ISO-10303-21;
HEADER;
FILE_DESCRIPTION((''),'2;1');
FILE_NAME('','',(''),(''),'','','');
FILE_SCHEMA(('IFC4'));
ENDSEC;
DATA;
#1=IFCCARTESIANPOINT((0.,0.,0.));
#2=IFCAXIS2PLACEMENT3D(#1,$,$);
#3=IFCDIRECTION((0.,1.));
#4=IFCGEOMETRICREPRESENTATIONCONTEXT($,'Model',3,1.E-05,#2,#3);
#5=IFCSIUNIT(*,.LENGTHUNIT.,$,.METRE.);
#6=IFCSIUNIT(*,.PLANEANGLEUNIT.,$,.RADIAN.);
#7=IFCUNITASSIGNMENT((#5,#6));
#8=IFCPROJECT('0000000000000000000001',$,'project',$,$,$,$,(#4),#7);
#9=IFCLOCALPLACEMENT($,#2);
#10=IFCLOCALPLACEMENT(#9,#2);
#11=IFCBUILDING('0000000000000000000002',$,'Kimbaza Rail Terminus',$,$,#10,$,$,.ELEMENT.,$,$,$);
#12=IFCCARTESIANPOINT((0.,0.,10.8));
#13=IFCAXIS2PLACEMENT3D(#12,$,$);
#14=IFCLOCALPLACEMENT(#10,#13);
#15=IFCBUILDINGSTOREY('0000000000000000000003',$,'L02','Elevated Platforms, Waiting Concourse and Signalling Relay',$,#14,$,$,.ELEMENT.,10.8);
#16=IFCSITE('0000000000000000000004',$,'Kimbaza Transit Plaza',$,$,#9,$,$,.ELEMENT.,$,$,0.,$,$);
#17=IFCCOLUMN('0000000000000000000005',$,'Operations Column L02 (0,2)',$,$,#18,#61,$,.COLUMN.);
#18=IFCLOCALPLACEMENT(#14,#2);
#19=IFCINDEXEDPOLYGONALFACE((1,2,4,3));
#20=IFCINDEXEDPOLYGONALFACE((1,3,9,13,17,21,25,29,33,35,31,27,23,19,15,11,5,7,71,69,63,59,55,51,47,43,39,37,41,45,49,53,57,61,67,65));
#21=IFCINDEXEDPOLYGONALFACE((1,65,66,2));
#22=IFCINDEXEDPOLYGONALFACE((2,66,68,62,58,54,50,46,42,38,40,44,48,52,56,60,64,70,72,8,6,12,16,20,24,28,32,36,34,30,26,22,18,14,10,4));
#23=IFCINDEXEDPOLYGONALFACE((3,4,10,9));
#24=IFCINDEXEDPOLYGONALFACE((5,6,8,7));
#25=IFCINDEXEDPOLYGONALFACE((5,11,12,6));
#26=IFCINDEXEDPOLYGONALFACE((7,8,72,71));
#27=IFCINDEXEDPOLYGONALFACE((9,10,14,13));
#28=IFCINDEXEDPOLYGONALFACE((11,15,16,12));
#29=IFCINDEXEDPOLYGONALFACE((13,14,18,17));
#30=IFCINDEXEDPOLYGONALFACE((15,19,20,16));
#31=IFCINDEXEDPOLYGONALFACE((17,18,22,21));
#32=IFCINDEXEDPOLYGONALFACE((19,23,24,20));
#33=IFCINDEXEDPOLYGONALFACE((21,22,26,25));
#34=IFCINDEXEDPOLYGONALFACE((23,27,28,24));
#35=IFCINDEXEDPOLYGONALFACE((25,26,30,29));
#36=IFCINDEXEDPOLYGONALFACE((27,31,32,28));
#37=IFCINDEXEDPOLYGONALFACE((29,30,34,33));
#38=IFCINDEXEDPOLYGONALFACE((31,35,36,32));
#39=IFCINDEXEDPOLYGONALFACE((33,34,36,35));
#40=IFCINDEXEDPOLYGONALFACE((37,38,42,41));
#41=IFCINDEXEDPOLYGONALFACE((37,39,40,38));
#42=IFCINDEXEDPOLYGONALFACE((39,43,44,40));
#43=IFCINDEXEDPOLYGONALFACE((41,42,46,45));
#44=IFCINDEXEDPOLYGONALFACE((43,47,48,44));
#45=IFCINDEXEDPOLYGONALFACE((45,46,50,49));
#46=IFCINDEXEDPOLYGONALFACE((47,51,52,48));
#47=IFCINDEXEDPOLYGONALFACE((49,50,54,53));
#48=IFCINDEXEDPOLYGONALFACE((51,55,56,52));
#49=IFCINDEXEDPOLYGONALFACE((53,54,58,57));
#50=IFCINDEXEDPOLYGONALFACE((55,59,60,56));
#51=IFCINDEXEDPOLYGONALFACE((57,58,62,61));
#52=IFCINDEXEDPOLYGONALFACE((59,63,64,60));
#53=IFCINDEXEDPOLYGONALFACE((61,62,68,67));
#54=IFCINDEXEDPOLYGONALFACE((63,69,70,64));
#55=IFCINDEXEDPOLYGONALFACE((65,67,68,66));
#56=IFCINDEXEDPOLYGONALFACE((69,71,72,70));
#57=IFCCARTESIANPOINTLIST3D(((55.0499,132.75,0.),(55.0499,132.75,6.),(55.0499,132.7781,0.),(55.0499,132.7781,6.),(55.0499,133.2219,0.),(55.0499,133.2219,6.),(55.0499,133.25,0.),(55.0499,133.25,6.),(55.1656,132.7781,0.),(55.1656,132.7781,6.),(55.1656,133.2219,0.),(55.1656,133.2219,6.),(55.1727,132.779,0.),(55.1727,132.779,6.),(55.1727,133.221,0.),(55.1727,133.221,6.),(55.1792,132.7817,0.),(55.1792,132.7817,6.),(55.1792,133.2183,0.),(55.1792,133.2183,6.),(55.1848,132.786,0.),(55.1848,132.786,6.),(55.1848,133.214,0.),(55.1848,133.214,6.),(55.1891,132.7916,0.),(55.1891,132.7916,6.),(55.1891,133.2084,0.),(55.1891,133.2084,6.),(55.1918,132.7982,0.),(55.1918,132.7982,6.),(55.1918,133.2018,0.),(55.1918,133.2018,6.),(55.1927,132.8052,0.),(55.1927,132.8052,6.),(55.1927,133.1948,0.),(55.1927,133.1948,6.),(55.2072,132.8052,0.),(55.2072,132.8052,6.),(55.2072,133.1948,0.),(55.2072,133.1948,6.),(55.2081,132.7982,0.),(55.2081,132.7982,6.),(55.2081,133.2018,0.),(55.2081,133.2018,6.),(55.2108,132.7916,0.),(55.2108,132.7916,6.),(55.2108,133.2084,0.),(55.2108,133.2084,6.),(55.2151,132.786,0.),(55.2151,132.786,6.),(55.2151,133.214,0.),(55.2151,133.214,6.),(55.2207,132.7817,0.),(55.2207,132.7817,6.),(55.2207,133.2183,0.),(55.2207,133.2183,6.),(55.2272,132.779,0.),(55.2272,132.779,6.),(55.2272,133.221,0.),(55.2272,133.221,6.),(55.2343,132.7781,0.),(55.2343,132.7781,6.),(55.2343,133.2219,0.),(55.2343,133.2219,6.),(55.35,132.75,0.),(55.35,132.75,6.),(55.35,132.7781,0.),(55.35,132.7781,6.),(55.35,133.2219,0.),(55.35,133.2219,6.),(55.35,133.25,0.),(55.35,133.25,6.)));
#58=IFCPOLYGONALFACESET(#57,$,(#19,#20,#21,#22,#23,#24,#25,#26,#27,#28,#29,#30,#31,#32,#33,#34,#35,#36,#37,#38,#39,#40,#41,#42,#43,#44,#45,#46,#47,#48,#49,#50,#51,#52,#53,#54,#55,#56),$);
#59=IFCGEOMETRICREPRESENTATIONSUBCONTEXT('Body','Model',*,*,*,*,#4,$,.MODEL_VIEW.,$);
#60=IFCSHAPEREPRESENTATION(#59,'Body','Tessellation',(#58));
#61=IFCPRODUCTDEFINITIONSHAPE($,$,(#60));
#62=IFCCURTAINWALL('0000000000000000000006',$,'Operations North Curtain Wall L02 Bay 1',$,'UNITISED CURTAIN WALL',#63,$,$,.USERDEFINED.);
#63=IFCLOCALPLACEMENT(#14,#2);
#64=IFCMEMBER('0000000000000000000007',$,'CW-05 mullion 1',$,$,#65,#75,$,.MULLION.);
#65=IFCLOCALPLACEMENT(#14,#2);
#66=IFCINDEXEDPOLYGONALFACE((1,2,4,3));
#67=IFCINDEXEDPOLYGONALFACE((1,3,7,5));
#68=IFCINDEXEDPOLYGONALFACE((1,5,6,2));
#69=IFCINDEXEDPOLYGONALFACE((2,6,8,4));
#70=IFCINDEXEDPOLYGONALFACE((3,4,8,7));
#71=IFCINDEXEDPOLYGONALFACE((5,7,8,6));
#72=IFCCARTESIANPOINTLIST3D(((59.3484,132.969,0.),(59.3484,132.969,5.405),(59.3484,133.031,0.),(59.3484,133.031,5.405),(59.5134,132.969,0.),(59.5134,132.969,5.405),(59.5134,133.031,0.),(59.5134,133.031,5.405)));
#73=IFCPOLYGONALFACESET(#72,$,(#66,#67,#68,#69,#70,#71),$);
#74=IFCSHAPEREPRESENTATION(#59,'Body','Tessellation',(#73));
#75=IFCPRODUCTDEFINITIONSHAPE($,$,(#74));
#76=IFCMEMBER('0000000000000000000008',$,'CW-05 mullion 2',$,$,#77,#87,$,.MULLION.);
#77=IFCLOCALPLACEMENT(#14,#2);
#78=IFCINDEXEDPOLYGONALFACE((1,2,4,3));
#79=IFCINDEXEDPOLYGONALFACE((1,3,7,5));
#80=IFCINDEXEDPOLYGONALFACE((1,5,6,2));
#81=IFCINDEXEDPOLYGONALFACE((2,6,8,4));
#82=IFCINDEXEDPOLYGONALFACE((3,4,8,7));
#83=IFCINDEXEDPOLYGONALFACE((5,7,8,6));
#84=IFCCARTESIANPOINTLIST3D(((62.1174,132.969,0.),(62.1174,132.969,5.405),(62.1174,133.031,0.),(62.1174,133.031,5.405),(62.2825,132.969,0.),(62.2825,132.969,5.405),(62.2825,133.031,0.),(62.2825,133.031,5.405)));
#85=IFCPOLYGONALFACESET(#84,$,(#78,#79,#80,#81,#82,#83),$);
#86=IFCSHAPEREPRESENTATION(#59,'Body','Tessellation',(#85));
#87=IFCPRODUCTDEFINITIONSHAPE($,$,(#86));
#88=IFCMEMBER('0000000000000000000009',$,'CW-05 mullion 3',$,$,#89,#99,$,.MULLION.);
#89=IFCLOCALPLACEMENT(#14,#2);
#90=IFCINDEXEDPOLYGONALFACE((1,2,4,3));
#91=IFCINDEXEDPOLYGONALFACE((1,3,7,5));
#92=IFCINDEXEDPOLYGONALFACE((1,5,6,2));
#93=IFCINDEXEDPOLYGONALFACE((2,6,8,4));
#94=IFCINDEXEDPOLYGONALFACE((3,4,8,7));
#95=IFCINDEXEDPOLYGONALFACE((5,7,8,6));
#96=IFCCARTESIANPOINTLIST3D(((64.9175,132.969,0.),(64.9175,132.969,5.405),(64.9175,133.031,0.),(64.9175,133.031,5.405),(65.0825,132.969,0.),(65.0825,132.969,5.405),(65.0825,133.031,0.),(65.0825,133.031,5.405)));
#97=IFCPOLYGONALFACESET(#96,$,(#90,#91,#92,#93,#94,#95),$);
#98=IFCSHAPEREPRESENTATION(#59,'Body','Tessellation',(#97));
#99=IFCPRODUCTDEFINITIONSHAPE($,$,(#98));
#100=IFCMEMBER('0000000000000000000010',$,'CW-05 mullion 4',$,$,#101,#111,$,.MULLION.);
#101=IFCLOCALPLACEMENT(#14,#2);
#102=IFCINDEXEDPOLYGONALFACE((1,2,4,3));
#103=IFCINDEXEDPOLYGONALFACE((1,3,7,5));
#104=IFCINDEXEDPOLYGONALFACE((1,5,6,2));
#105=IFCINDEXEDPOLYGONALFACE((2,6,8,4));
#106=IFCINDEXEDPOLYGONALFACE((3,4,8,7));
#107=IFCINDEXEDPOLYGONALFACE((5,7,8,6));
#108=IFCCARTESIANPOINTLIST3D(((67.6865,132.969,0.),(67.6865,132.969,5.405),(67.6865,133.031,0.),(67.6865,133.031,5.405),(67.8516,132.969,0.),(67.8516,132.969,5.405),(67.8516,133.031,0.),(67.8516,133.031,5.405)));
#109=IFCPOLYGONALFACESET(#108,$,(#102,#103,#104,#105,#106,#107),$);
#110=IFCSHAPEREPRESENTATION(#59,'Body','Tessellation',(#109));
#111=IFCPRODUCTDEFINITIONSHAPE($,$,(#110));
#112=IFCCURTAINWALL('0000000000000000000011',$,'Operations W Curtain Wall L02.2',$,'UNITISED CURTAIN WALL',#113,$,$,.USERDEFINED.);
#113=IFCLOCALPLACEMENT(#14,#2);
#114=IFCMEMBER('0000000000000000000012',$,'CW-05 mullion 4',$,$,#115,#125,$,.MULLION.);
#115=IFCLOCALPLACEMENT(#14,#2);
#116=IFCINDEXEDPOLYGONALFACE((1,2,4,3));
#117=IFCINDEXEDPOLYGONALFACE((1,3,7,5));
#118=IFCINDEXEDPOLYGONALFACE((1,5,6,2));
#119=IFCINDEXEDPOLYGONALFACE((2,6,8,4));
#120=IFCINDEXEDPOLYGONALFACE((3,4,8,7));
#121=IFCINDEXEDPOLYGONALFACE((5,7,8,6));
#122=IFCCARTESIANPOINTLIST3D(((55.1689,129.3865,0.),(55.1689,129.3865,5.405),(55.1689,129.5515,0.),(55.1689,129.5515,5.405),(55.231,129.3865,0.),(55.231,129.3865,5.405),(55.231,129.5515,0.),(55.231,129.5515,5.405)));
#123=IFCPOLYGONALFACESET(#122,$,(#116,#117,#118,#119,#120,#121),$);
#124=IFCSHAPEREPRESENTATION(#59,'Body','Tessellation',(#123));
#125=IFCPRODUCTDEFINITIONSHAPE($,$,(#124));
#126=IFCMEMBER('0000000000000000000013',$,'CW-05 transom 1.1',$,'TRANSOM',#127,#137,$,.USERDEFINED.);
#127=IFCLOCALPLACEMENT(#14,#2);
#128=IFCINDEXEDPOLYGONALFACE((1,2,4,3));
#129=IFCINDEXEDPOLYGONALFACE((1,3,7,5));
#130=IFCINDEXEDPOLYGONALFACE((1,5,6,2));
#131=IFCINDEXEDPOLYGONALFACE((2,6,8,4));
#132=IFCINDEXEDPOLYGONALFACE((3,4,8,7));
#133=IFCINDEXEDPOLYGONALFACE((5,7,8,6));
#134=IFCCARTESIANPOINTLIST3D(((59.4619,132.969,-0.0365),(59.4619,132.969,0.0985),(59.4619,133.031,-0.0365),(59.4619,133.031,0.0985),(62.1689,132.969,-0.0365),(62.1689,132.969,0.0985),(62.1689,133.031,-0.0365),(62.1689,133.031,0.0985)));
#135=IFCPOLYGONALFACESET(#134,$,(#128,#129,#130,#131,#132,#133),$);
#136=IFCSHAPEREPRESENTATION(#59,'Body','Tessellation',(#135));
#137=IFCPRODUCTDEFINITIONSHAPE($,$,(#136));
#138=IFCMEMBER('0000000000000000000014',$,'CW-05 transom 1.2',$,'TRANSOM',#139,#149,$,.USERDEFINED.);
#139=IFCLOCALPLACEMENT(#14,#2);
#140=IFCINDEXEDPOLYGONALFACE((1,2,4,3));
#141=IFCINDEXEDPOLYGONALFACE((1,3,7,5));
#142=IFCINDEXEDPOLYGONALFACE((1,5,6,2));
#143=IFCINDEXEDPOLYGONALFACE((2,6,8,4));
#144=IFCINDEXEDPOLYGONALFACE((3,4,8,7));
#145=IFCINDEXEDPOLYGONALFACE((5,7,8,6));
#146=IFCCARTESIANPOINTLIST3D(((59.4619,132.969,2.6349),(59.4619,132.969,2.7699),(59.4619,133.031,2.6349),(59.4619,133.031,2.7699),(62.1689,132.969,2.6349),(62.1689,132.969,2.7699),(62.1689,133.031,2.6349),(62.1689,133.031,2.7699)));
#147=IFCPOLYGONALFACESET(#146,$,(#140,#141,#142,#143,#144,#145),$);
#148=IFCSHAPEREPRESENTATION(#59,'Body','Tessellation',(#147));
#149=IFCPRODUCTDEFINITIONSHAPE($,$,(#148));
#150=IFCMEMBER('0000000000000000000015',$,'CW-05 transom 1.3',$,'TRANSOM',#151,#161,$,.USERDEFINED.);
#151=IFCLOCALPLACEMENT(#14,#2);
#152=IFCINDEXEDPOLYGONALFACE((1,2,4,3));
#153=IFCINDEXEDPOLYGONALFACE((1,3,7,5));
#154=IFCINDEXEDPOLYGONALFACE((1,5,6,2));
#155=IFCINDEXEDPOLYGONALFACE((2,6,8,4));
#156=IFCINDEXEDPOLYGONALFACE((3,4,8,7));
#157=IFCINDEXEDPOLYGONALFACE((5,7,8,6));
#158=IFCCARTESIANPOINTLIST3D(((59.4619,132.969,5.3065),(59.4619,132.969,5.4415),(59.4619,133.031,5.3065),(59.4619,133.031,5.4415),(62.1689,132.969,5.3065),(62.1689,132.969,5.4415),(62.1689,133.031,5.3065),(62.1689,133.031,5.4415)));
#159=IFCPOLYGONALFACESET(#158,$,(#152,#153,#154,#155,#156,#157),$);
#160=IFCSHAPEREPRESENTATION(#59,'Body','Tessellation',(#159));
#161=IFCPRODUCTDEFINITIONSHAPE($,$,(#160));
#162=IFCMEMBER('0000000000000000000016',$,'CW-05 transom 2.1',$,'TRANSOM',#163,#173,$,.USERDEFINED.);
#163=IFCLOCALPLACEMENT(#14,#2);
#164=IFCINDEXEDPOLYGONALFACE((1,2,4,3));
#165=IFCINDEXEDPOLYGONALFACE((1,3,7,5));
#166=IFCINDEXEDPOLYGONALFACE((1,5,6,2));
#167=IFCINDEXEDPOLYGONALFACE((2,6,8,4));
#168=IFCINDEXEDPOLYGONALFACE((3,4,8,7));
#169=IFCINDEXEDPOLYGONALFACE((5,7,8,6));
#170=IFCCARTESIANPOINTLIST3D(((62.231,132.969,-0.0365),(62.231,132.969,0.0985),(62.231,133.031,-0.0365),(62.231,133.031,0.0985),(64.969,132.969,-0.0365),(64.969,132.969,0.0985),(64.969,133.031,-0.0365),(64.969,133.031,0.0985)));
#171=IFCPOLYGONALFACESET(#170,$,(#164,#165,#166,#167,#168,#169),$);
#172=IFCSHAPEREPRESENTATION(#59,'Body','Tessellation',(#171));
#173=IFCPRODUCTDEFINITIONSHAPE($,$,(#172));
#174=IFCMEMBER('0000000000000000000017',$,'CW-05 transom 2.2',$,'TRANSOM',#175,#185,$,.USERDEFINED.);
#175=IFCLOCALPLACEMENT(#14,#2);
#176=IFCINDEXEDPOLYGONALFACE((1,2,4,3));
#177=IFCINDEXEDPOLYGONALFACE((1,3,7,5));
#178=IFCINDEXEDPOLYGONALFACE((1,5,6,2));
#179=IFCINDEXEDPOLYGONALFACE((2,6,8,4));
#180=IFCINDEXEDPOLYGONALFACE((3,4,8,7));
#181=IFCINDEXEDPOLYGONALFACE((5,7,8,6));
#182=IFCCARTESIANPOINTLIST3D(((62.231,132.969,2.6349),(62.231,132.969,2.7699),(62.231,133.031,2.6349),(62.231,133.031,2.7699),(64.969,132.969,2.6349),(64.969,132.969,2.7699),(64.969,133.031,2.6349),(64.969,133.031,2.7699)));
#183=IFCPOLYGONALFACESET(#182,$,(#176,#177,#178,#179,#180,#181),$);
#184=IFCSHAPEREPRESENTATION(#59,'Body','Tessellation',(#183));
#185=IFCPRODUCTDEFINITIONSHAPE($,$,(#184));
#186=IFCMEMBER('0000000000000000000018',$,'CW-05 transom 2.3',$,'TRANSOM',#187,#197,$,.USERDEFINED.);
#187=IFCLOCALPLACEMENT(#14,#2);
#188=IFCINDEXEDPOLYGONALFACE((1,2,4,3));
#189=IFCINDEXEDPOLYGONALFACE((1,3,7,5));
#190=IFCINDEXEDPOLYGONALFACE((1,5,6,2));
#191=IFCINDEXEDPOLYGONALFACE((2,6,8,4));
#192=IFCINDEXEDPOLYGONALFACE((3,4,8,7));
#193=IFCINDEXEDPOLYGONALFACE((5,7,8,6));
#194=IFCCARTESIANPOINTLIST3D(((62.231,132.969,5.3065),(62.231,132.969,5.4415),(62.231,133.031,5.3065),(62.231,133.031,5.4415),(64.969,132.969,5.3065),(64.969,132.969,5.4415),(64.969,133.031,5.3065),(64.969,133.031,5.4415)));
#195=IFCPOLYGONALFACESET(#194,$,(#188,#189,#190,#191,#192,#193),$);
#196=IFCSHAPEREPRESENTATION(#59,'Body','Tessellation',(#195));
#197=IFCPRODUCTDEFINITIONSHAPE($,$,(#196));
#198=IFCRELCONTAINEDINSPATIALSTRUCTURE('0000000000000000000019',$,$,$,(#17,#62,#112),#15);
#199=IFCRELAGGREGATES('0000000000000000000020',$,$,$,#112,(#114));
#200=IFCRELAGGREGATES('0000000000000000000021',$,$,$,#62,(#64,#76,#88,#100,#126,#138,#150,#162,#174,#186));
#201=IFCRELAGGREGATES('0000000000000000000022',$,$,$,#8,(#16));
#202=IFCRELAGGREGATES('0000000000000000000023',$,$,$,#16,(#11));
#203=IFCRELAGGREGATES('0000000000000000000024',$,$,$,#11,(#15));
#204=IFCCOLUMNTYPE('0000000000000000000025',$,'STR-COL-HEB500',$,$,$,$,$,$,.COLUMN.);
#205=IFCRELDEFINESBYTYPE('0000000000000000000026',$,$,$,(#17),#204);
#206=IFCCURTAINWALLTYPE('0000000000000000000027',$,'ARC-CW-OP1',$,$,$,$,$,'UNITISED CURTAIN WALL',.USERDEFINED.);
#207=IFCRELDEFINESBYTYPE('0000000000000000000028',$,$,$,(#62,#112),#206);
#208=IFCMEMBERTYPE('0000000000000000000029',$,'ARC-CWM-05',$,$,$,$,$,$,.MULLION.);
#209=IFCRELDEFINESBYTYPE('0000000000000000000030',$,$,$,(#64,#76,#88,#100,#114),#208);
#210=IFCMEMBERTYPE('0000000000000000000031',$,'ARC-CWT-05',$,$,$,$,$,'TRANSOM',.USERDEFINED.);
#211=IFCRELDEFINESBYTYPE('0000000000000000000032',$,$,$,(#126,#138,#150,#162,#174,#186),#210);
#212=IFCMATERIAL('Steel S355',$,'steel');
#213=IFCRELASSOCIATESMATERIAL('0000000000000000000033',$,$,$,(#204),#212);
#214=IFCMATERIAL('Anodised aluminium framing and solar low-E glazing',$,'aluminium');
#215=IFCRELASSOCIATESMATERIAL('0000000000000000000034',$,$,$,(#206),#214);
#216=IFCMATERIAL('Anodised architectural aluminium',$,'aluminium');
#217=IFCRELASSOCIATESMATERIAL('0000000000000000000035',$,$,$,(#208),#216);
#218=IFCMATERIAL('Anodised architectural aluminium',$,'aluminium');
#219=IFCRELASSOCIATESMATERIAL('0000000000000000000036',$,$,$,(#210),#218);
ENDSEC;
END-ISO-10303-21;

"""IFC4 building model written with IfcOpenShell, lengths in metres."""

from ifc_helpers import new_model, si_unit, direction, frame, origin, origin_2d, place, context, subcontext, project, spatial, rectangle, i_section, extrude, material, material_profile, profile_set, type_object, element, aggregate, save


model = new_model("IFC4")

# Units and contexts
model_context = context("Model", 3, precision=1e-05, world=origin(), true_north=direction((0.0, 1.0)))
body_context = subcontext(model_context, "Body", "Model", "MODEL_VIEW")
ifc_project = project(units=[si_unit("LENGTHUNIT", "METRE"), si_unit("PLANEANGLEUNIT", "RADIAN")], contexts=[model_context])

# Site, building, storey
site_placement = place(None, origin())
site = spatial("IfcSite", under=ifc_project, at=site_placement, Name="Kimbaza Transit Plaza", CompositionType="ELEMENT", RefElevation=0.0)
building_placement = place(site_placement, origin())
building = spatial("IfcBuilding", under=site, at=building_placement, Name="Kimbaza Rail Terminus", CompositionType="ELEMENT")
storey_placement = place(building_placement, frame((0.0, 0.0, 10.8)))
storey = spatial("IfcBuildingStorey", under=building, at=storey_placement, Name="L02", Description="Elevated Platforms, Waiting Concourse and Signalling Relay", CompositionType="ELEMENT", Elevation=10.8)

# Column
ifc_material_1 = material(Name="Steel S355", Category="steel")
ifc_material_profile_1 = material_profile(ifc_material_1, i_section(OverallWidth=0.3, OverallDepth=0.5, WebThickness=0.0144, FlangeThickness=0.0281, FilletRadius=0.0271, at=origin_2d()), Name="HEB 500")
ifc_profile_set_1 = profile_set([ifc_material_profile_1], Name="Steel S355")
column_type = type_object("IfcColumnType", Name="STR-COL-HEB500", PredefinedType="COLUMN", material=ifc_profile_set_1)
column_placement = place(storey_placement, frame((55.2, 133.0, 0.0), z_axis=(0.0, 0.0, 1.0), x_axis=(1.0, 0.0, 0.0)))
element("IfcColumn", 1, at=column_placement, inside=storey, type_object=column_type, Name="Operations Column L02 (0,2)", PredefinedType="COLUMN", context=body_context, shape_type="SweptSolid", body=[
    extrude(i_section(OverallWidth=0.3, OverallDepth=0.5, WebThickness=0.0144, FlangeThickness=0.0281, FilletRadius=0.0271, at=origin_2d()), origin(), (0.0, 0.0, 1.0), 6.0),
])

# Curtain wall, members
ifc_material_2 = material(Name="Anodised aluminium framing and solar low-E glazing", Category="aluminium")
curtain_wall_type = type_object("IfcCurtainWallType", Name="ARC-CW-OP1", ElementType="UNITISED CURTAIN WALL", PredefinedType="USERDEFINED", material=ifc_material_2)
curtain_wall_1_placement = place(storey_placement, origin())
curtain_wall_1 = element("IfcCurtainWall", 2, at=curtain_wall_1_placement, inside=storey, type_object=curtain_wall_type, Name="Operations North Curtain Wall L02 Bay 1", ObjectType="UNITISED CURTAIN WALL", PredefinedType="USERDEFINED")
ifc_material_3 = material(Name="Anodised architectural aluminium", Category="aluminium")
ifc_material_profile_2 = material_profile(ifc_material_3, rectangle(XDim=0.062, YDim=0.165, at=origin_2d()), Name="MULLION 62x165")
ifc_profile_set_2 = profile_set([ifc_material_profile_2], Name="Anodised architectural aluminium")
member_type_1 = type_object("IfcMemberType", Name="ARC-CWM-05", PredefinedType="MULLION", material=ifc_profile_set_2)
member_1_placement = place(storey_placement, frame((59.4309, 133.0, 0.0), z_axis=(0.0, 0.0, 1.0), x_axis=(0.0, 1.0, 0.0)))
member_1 = element("IfcMember", 3, at=member_1_placement, type_object=member_type_1, Name="CW-05 mullion 1", PredefinedType="MULLION", context=body_context, shape_type="SweptSolid", body=[
    extrude(rectangle(XDim=0.062, YDim=0.165, at=origin_2d()), origin(), (0.0, 0.0, 1.0), 5.405),
])
member_2_placement = place(storey_placement, frame((62.2, 133.0, 0.0), z_axis=(0.0, 0.0, 1.0), x_axis=(0.0, 1.0, 0.0)))
member_2 = element("IfcMember", 4, at=member_2_placement, type_object=member_type_1, Name="CW-05 mullion 2", PredefinedType="MULLION", context=body_context, shape_type="SweptSolid", body=[
    extrude(rectangle(XDim=0.062, YDim=0.165, at=origin_2d()), origin(), (0.0, 0.0, 1.0), 5.405),
])
member_3_placement = place(storey_placement, frame((65.0, 133.0, 0.0), z_axis=(0.0, 0.0, 1.0), x_axis=(0.0, 1.0, 0.0)))
member_3 = element("IfcMember", 5, at=member_3_placement, type_object=member_type_1, Name="CW-05 mullion 3", PredefinedType="MULLION", context=body_context, shape_type="SweptSolid", body=[
    extrude(rectangle(XDim=0.062, YDim=0.165, at=origin_2d()), origin(), (0.0, 0.0, 1.0), 5.405),
])
member_4_placement = place(storey_placement, frame((67.769, 133.0, 0.0), z_axis=(0.0, 0.0, 1.0), x_axis=(0.0, 1.0, 0.0)))
member_4 = element("IfcMember", 6, at=member_4_placement, type_object=member_type_1, Name="CW-05 mullion 4", PredefinedType="MULLION", context=body_context, shape_type="SweptSolid", body=[
    extrude(rectangle(XDim=0.062, YDim=0.165, at=origin_2d()), origin(), (0.0, 0.0, 1.0), 5.405),
])

# Curtain wall, member
curtain_wall_2_placement = place(storey_placement, origin())
curtain_wall_2 = element("IfcCurtainWall", 7, at=curtain_wall_2_placement, inside=storey, type_object=curtain_wall_type, Name="Operations W Curtain Wall L02.2", ObjectType="UNITISED CURTAIN WALL", PredefinedType="USERDEFINED")
member_5_placement = place(storey_placement, frame((55.2, 129.469, 0.0), z_axis=(0.0, 0.0, 1.0), x_axis=(-1.0, 0.0, 0.0)))
member_5 = element("IfcMember", 8, at=member_5_placement, type_object=member_type_1, Name="CW-05 mullion 4", PredefinedType="MULLION", context=body_context, shape_type="SweptSolid", body=[
    extrude(rectangle(XDim=0.062, YDim=0.165, at=origin_2d()), origin(), (0.0, 0.0, 1.0), 5.405),
])
aggregate(curtain_wall_2, [member_5])

# Members
ifc_material_4 = material(Name="Anodised architectural aluminium", Category="aluminium")
ifc_material_profile_3 = material_profile(ifc_material_4, rectangle(XDim=0.062, YDim=0.135, at=origin_2d()), Name="TRANSOM 62x135")
ifc_profile_set_3 = profile_set([ifc_material_profile_3], Name="Anodised architectural aluminium")
member_type_2 = type_object("IfcMemberType", Name="ARC-CWT-05", ElementType="TRANSOM", PredefinedType="USERDEFINED", material=ifc_profile_set_3)
member_6_placement = place(storey_placement, frame((59.4619, 133.0, 0.031), z_axis=(1.0, 0.0, 0.0), x_axis=(0.0, 1.0, 0.0)))
member_6 = element("IfcMember", 9, at=member_6_placement, type_object=member_type_2, Name="CW-05 transom 1.1", ObjectType="TRANSOM", PredefinedType="USERDEFINED", context=body_context, shape_type="SweptSolid", body=[
    extrude(rectangle(XDim=0.062, YDim=0.135, at=origin_2d()), origin(), (0.0, 0.0, 1.0), 2.707),
])
member_7_placement = place(storey_placement, frame((59.4619, 133.0, 2.7024), z_axis=(1.0, 0.0, 0.0), x_axis=(0.0, 1.0, 0.0)))
member_7 = element("IfcMember", 10, at=member_7_placement, type_object=member_type_2, Name="CW-05 transom 1.2", ObjectType="TRANSOM", PredefinedType="USERDEFINED", context=body_context, shape_type="SweptSolid", body=[
    extrude(rectangle(XDim=0.062, YDim=0.135, at=origin_2d()), origin(), (0.0, 0.0, 1.0), 2.707),
])
member_8_placement = place(storey_placement, frame((59.4619, 133.0, 5.374), z_axis=(1.0, 0.0, 0.0), x_axis=(0.0, 1.0, 0.0)))
member_8 = element("IfcMember", 11, at=member_8_placement, type_object=member_type_2, Name="CW-05 transom 1.3", ObjectType="TRANSOM", PredefinedType="USERDEFINED", context=body_context, shape_type="SweptSolid", body=[
    extrude(rectangle(XDim=0.062, YDim=0.135, at=origin_2d()), origin(), (0.0, 0.0, 1.0), 2.707),
])
member_9_placement = place(storey_placement, frame((62.231, 133.0, 0.031), z_axis=(1.0, 0.0, 0.0), x_axis=(0.0, 1.0, 0.0)))
member_9 = element("IfcMember", 12, at=member_9_placement, type_object=member_type_2, Name="CW-05 transom 2.1", ObjectType="TRANSOM", PredefinedType="USERDEFINED", context=body_context, shape_type="SweptSolid", body=[
    extrude(rectangle(XDim=0.062, YDim=0.135, at=origin_2d()), origin(), (0.0, 0.0, 1.0), 2.738),
])
member_10_placement = place(storey_placement, frame((62.231, 133.0, 2.7024), z_axis=(1.0, 0.0, 0.0), x_axis=(0.0, 1.0, 0.0)))
member_10 = element("IfcMember", 13, at=member_10_placement, type_object=member_type_2, Name="CW-05 transom 2.2", ObjectType="TRANSOM", PredefinedType="USERDEFINED", context=body_context, shape_type="SweptSolid", body=[
    extrude(rectangle(XDim=0.062, YDim=0.135, at=origin_2d()), origin(), (0.0, 0.0, 1.0), 2.738),
])
member_11_placement = place(storey_placement, frame((62.231, 133.0, 5.374), z_axis=(1.0, 0.0, 0.0), x_axis=(0.0, 1.0, 0.0)))
member_11 = element("IfcMember", 14, at=member_11_placement, type_object=member_type_2, Name="CW-05 transom 2.3", ObjectType="TRANSOM", PredefinedType="USERDEFINED", context=body_context, shape_type="SweptSolid", body=[
    extrude(rectangle(XDim=0.062, YDim=0.135, at=origin_2d()), origin(), (0.0, 0.0, 1.0), 2.738),
])

aggregate(curtain_wall_1, [member_1, member_2, member_3, member_4, member_6, member_7, member_8, member_9, member_10, member_11])

save(model, "model.ifc")
